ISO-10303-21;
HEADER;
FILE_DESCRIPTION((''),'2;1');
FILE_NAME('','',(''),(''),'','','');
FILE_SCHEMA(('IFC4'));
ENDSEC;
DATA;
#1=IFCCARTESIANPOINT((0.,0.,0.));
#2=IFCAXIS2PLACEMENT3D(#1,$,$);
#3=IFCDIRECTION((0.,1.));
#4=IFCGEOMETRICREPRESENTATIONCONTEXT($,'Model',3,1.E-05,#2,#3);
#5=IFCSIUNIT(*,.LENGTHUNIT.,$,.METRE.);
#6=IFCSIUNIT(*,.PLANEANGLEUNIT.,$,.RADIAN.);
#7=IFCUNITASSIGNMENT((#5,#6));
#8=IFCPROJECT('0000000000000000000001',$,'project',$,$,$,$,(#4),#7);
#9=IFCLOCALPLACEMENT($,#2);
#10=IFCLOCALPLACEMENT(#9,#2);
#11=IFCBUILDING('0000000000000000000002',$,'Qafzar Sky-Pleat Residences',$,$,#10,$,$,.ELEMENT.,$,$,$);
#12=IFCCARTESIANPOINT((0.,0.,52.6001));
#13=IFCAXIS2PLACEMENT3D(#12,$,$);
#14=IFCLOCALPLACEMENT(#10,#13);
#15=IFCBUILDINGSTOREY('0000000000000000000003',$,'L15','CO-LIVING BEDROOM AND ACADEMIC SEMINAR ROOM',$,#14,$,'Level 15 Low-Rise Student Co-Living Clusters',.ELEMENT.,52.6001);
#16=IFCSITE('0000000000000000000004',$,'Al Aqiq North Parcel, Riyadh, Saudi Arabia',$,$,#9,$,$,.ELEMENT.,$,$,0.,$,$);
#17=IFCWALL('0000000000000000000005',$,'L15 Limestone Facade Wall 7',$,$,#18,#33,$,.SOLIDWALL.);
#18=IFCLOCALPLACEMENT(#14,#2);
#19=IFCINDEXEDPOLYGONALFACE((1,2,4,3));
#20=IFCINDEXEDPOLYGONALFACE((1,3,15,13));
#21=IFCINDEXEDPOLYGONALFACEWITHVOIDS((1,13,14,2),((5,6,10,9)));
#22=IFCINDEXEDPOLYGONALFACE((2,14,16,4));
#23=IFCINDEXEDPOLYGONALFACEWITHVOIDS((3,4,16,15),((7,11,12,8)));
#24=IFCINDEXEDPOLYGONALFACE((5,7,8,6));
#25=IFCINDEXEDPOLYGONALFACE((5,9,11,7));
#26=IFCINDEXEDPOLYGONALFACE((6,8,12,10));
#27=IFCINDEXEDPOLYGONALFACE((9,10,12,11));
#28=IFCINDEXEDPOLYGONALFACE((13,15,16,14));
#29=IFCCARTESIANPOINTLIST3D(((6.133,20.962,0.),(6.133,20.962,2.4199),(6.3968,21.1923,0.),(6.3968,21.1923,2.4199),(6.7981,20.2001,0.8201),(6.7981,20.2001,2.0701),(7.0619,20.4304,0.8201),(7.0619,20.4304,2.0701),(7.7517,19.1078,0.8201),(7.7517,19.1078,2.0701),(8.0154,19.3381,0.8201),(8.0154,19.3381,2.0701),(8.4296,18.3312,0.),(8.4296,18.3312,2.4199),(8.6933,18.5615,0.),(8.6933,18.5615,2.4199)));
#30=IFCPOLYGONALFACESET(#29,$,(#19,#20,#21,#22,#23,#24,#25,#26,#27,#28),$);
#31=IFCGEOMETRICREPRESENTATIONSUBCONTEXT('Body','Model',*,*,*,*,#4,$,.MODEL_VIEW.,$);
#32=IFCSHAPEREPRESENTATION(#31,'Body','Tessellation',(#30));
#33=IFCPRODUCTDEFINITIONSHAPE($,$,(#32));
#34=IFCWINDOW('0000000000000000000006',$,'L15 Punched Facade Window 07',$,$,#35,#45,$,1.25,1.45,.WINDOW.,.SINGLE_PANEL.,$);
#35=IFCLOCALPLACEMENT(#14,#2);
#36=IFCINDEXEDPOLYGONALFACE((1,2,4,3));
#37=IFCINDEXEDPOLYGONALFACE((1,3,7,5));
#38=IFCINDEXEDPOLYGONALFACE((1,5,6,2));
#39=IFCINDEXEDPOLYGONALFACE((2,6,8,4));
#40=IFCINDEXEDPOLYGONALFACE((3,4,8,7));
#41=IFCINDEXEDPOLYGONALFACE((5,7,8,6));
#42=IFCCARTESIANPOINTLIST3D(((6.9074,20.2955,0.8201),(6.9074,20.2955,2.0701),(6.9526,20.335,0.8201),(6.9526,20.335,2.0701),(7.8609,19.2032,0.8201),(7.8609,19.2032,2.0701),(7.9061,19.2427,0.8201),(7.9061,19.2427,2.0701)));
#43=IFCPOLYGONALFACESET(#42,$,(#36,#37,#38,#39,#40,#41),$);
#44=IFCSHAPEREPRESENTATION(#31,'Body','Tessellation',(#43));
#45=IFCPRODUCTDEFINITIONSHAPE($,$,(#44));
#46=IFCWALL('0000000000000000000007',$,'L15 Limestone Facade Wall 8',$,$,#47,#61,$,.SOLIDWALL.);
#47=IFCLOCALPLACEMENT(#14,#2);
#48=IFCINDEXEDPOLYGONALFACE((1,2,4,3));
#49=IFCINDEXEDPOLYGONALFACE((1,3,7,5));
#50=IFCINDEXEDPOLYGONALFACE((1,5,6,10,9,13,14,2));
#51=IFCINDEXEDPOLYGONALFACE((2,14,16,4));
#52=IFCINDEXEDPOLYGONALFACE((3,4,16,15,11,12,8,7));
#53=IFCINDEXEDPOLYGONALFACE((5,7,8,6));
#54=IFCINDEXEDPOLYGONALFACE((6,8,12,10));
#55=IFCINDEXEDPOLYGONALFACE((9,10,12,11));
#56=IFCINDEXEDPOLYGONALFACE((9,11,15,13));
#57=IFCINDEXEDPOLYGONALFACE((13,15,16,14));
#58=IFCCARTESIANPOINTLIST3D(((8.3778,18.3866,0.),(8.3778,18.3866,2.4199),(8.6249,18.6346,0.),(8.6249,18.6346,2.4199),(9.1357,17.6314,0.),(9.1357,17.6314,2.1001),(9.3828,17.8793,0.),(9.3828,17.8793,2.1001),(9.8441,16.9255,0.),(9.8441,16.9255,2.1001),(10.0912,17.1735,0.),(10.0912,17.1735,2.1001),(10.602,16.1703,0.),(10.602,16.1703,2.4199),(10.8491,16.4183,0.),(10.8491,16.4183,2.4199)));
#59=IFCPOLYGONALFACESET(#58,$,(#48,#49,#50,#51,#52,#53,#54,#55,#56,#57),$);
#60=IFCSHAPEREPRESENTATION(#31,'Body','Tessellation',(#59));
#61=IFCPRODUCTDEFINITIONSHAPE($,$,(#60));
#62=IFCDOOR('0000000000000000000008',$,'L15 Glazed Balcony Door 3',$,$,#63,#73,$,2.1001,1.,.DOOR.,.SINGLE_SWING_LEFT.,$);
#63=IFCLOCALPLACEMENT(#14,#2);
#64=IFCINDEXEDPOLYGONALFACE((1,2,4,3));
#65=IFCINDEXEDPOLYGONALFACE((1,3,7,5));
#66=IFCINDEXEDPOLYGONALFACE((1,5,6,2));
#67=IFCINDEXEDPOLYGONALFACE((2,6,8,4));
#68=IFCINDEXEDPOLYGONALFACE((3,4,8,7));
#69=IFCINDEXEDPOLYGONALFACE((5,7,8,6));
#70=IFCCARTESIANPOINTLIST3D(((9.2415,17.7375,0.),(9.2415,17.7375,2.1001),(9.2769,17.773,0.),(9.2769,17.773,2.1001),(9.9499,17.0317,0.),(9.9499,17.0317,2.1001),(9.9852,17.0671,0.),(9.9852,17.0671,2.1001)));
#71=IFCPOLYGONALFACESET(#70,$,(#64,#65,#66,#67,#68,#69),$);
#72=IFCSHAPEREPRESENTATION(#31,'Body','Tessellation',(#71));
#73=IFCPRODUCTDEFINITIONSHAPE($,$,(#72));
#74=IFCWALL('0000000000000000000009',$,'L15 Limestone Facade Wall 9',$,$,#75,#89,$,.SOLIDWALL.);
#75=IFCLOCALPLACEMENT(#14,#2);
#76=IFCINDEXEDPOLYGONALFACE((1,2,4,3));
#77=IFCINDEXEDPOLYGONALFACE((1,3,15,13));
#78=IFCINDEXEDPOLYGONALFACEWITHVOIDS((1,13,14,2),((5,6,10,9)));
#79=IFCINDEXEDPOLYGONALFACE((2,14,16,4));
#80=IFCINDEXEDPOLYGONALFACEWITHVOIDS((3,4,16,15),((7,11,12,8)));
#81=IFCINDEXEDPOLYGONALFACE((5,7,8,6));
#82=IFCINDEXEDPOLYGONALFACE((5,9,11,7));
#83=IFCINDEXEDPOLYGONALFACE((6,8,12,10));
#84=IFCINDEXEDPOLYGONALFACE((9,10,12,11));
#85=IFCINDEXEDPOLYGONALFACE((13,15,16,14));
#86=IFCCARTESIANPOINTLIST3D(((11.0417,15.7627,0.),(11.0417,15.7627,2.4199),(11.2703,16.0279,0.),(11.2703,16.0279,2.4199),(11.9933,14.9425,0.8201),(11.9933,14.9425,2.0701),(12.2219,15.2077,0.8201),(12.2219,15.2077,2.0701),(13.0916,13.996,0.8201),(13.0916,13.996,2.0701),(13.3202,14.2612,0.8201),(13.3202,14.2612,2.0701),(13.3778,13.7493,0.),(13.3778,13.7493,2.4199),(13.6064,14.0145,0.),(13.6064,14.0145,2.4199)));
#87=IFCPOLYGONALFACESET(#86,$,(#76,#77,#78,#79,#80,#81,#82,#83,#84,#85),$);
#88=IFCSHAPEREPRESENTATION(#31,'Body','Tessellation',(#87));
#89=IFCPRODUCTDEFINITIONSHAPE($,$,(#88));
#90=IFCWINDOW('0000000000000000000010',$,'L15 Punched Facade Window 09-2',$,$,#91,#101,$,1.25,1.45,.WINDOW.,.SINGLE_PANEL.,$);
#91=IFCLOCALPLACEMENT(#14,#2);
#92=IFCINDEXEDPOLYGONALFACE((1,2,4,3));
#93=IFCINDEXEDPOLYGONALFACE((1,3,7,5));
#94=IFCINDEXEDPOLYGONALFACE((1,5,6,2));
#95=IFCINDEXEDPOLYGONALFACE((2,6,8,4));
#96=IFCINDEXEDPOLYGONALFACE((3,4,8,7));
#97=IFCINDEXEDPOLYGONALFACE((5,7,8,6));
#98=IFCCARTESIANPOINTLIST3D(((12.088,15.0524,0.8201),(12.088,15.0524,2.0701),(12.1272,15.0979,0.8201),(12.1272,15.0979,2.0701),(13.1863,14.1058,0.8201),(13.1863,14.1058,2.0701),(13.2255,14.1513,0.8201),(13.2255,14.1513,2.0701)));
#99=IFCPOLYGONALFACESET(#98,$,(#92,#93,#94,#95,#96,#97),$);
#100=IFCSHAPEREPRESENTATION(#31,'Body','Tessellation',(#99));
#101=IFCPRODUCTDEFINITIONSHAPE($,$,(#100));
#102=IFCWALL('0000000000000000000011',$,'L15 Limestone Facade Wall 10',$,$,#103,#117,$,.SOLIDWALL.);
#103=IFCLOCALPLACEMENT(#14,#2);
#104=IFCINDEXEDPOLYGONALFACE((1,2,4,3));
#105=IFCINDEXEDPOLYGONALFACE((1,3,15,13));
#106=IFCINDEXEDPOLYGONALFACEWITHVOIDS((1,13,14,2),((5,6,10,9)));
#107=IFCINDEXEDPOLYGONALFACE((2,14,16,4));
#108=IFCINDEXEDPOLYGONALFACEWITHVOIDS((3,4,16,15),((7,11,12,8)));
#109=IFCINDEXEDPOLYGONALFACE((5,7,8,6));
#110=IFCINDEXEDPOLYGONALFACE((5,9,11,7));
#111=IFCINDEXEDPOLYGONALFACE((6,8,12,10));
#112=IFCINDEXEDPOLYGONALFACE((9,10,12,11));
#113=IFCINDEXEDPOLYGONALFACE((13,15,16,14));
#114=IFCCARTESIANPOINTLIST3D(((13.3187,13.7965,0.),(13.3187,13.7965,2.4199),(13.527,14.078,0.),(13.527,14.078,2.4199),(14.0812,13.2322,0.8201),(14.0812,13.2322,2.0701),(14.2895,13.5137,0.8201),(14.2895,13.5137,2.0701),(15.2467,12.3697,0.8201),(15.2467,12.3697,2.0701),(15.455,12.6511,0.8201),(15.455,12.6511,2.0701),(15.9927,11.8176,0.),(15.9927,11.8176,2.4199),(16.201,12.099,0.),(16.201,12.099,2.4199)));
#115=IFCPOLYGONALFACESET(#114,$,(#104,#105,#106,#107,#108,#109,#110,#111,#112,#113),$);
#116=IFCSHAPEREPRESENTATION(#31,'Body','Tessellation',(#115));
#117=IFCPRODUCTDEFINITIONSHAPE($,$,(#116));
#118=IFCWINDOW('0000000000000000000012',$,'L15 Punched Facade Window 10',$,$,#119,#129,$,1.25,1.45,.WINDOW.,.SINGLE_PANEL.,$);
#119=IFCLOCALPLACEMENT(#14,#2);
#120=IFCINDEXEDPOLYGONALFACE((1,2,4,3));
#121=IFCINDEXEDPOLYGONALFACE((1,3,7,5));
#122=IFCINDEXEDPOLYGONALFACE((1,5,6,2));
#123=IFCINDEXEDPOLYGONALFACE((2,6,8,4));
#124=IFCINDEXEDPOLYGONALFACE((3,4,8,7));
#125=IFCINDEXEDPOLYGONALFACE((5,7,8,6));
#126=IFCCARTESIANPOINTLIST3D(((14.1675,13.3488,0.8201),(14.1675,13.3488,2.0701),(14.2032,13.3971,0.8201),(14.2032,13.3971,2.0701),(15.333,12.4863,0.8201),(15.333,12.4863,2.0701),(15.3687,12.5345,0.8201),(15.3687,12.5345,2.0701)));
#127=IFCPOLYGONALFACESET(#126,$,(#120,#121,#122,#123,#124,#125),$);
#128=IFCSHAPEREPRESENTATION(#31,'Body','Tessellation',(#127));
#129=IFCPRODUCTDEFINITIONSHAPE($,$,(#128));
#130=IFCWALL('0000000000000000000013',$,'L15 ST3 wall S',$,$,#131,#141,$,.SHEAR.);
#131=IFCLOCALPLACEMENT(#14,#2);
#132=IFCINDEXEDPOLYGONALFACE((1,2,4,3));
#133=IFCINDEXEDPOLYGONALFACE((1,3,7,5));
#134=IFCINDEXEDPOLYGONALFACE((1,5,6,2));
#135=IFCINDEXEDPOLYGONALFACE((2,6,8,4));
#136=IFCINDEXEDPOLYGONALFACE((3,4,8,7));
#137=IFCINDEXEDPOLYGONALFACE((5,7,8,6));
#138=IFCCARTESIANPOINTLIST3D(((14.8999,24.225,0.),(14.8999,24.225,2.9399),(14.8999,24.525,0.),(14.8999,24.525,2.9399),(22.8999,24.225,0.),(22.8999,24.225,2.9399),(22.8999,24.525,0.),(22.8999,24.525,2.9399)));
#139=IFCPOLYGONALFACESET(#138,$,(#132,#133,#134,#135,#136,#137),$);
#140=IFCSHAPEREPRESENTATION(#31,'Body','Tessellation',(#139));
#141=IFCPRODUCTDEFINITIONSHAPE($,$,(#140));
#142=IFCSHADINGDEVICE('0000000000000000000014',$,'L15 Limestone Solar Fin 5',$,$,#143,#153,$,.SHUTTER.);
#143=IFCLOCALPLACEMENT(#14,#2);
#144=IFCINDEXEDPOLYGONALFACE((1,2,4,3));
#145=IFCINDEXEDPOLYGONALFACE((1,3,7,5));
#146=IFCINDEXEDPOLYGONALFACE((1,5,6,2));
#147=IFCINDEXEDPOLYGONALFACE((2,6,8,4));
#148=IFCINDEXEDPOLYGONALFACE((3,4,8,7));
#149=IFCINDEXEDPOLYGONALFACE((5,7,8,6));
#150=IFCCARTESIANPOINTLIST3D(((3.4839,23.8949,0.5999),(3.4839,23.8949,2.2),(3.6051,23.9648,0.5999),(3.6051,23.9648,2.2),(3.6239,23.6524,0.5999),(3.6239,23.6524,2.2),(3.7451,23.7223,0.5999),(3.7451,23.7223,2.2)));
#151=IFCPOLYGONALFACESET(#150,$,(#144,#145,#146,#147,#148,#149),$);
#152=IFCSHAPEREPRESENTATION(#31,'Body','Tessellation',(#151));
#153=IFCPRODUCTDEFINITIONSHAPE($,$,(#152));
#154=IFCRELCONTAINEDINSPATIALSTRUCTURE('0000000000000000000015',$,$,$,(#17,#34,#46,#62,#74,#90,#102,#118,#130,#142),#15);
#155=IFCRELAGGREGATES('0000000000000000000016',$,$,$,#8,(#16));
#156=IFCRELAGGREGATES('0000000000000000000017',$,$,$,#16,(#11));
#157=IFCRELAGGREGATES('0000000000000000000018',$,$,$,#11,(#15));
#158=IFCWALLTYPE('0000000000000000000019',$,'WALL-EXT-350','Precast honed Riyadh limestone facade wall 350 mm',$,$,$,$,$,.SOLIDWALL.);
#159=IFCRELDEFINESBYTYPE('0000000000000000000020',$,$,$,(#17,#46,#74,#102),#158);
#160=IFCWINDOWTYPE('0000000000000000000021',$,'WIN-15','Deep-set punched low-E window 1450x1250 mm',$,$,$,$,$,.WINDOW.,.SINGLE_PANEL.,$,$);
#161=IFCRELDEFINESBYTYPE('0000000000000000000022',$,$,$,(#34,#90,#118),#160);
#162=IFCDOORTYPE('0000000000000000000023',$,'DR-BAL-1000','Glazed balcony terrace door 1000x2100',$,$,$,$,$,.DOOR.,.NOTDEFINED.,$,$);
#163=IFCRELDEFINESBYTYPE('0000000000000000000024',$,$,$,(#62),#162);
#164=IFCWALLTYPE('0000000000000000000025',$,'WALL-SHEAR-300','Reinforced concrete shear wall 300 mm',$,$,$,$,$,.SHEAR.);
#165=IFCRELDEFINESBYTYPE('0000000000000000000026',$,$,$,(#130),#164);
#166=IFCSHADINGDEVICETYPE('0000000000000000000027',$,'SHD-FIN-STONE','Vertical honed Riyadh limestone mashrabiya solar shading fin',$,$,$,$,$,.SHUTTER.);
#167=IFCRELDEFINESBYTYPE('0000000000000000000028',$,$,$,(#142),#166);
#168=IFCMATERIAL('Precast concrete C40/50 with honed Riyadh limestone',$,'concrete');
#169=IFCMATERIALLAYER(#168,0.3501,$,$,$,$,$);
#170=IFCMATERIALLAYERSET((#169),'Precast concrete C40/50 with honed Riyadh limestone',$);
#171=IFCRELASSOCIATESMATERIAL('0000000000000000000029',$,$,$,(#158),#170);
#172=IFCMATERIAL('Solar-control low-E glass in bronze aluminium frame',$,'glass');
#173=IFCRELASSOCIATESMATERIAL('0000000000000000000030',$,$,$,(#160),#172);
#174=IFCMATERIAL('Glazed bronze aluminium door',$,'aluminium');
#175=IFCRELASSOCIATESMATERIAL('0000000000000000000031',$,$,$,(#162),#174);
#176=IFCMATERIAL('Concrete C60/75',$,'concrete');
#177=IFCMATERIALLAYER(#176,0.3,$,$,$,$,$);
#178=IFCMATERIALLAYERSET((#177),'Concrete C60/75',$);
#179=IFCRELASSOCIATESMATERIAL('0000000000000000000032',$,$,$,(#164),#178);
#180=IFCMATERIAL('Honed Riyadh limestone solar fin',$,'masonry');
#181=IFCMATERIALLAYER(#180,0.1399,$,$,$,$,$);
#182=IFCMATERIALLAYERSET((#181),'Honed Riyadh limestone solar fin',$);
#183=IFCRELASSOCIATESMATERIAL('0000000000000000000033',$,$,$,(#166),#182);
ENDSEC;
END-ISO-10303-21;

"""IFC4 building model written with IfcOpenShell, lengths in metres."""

from ifc_helpers import new_model, si_unit, direction, frame, frame_2d, origin, origin_2d, place, context, subcontext, project, spatial, rectangle, extrude, source, transform, mapped, material, layer, layer_set, type_object, element, fill, save


model = new_model("IFC4")

# Units and contexts
model_context = context("Model", 3, precision=1e-05, world=origin(), true_north=direction((0.0, 1.0)))
body_context = subcontext(model_context, "Body", "Model", "MODEL_VIEW")
ifc_project = project(units=[si_unit("LENGTHUNIT", "METRE"), si_unit("PLANEANGLEUNIT", "RADIAN")], contexts=[model_context])

# Site, building, storey
site_placement = place(None, origin())
site = spatial("IfcSite", under=ifc_project, at=site_placement, Name="Al Aqiq North Parcel, Riyadh, Saudi Arabia", CompositionType="ELEMENT", RefElevation=0.0)
building_placement = place(site_placement, origin())
building = spatial("IfcBuilding", under=site, at=building_placement, Name="Qafzar Sky-Pleat Residences", CompositionType="ELEMENT")
storey_placement = place(building_placement, frame((0.0, 0.0, 52.6001)))
storey = spatial("IfcBuildingStorey", under=building, at=storey_placement, Name="L15", Description="CO-LIVING BEDROOM AND ACADEMIC SEMINAR ROOM", LongName="Level 15 Low-Rise Student Co-Living Clusters", CompositionType="ELEMENT", Elevation=52.6001)

# Shared definitions
ifc_material_1 = material(Name="Concrete C60/75", Category="concrete")

# Wall, opening, window
ifc_material_2 = material(Name="Precast concrete C40/50 with honed Riyadh limestone", Category="concrete")
ifc_layer_1 = layer(ifc_material_2, 0.3501)
ifc_layer_set_1 = layer_set([ifc_layer_1], Name="Precast concrete C40/50 with honed Riyadh limestone")
wall_type_1 = type_object("IfcWallType", Name="WALL-EXT-350", Description="Precast honed Riyadh limestone facade wall 350 mm", PredefinedType="SOLIDWALL", material=ifc_layer_set_1)
ifc_material_3 = material(Name="Solar-control low-E glass in bronze aluminium frame", Category="glass")
window_type = type_object("IfcWindowType", Name="WIN-15", Description="Deep-set punched low-E window 1450x1250 mm", PartitioningType="SINGLE_PANEL", PredefinedType="WINDOW", material=ifc_material_3)
shared_shape_1 = source(origin(), body_context, "Body", "SweptSolid", [
    extrude(rectangle(XDim=1.45, YDim=1.25, at=frame_2d((0.7251, 0.625))), frame((0.0, 0.03, 0.0), z_axis=(0.0, -1.0, 0.0), x_axis=(1.0, 0.0, 0.0)), (0.0, 0.0, 1.0), 0.0601),
])
wall_1_placement = place(storey_placement, frame((6.2649, 21.0771, 0.0), z_axis=(0.0, 0.0, 1.0), x_axis=(0.657633, -0.753338, 0.0)))
wall_1 = element("IfcWall", 1, at=wall_1_placement, inside=storey, type_object=wall_type_1, Name="L15 Limestone Facade Wall 7", PredefinedType="SOLIDWALL", context=body_context, shape_type="SweptSolid", body=[
    extrude(rectangle(XDim=3.4922, YDim=0.3501, at=frame_2d((1.7461, 0.0))), origin(), (0.0, 0.0, 1.0), 2.4199),
])
opening_1_placement = place(wall_1_placement, frame((1.0112, 0.0, 0.8201)))
opening_1 = element("IfcOpeningElement", 2, at=opening_1_placement, cuts=wall_1, PredefinedType="OPENING", context=body_context, shape_type="SweptSolid", body=[
    extrude(rectangle(XDim=1.45, YDim=1.25, at=frame_2d((0.7251, 0.625))), frame((0.0, 0.1851, 0.0), z_axis=(0.0, -1.0, 0.0), x_axis=(1.0, 0.0, 0.0)), (0.0, 0.0, 1.0), 0.3701),
])
window_1_placement = place(opening_1_placement, origin())
window_1 = element("IfcWindow", 3, at=window_1_placement, inside=storey, type_object=window_type, Name="L15 Punched Facade Window 07", OverallHeight=1.25, OverallWidth=1.45, PartitioningType="SINGLE_PANEL", PredefinedType="WINDOW", context=body_context, shape_type="MappedRepresentation", body=[
    mapped(shared_shape_1, transform((0.0, 0.0, 0.0), x_axis=(1.0, 0.0, 0.0), y_axis=(0.0, 1.0, 0.0), z_axis=(0.0, 0.0, 1.0), scale=1.0)),
])
fill(opening_1, window_1)

# Wall, opening, door
wall_2_placement = place(storey_placement, frame((8.5015, 18.5105, 0.0), z_axis=(0.0, 0.0, 1.0), x_axis=(0.70835, -0.705862, 0.0)))
wall_2 = element("IfcWall", 4, at=wall_2_placement, inside=storey, type_object=wall_type_1, Name="L15 Limestone Facade Wall 8", PredefinedType="SOLIDWALL", context=body_context, shape_type="SweptSolid", body=[
    extrude(rectangle(XDim=3.1399, YDim=0.3501, at=frame_2d((1.5698, 0.0))), origin(), (0.0, 0.0, 1.0), 2.4199),
])
opening_2_placement = place(wall_2_placement, frame((1.0698, 0.0, 0.0)))
opening_2 = element("IfcOpeningElement", 5, at=opening_2_placement, cuts=wall_2, PredefinedType="OPENING", context=body_context, shape_type="SweptSolid", body=[
    extrude(rectangle(XDim=1.0, YDim=2.1001, at=frame_2d((0.5, 1.05))), frame((0.0, 0.1851, 0.0), z_axis=(0.0, -1.0, 0.0), x_axis=(1.0, 0.0, 0.0)), (0.0, 0.0, 1.0), 0.3701),
])
ifc_material_4 = material(Name="Glazed bronze aluminium door", Category="aluminium")
door_type = type_object("IfcDoorType", Name="DR-BAL-1000", Description="Glazed balcony terrace door 1000x2100", OperationType="NOTDEFINED", PredefinedType="DOOR", material=ifc_material_4)
shared_shape_2 = source(origin(), body_context, "Body", "SweptSolid", [
    extrude(rectangle(XDim=1.0, YDim=2.1001, at=frame_2d((0.5, 1.05))), frame((0.0, 0.0249, 0.0), z_axis=(0.0, -1.0, 0.0), x_axis=(1.0, 0.0, 0.0)), (0.0, 0.0, 1.0), 0.05),
])
door_placement = place(opening_2_placement, origin())
door = element("IfcDoor", 6, at=door_placement, inside=storey, type_object=door_type, Name="L15 Glazed Balcony Door 3", OperationType="SINGLE_SWING_LEFT", OverallHeight=2.1001, OverallWidth=1.0, PredefinedType="DOOR", context=body_context, shape_type="MappedRepresentation", body=[
    mapped(shared_shape_2, transform((0.0, 0.0, 0.0), x_axis=(1.0, 0.0, 0.0), y_axis=(0.0, 1.0, 0.0), z_axis=(0.0, 0.0, 1.0), scale=1.0)),
])
fill(opening_2, door)

# Walls, openings, windows
wall_3_placement = place(storey_placement, frame((11.156, 15.8953, 0.0), z_axis=(0.0, 0.0, 1.0), x_axis=(0.757494, -0.652843, 0.0)))
wall_3 = element("IfcWall", 7, at=wall_3_placement, inside=storey, type_object=wall_type_1, Name="L15 Limestone Facade Wall 9", PredefinedType="SOLIDWALL", context=body_context, shape_type="SweptSolid", body=[
    extrude(rectangle(XDim=3.084, YDim=0.3501, at=frame_2d((1.542, 0.0))), origin(), (0.0, 0.0, 1.0), 2.4199),
])
opening_3_placement = place(wall_3_placement, frame((1.2561, 0.0, 0.8201)))
opening_3 = element("IfcOpeningElement", 8, at=opening_3_placement, cuts=wall_3, PredefinedType="OPENING", context=body_context, shape_type="SweptSolid", body=[
    extrude(rectangle(XDim=1.45, YDim=1.25, at=frame_2d((0.7251, 0.625))), frame((0.0, 0.1851, 0.0), z_axis=(0.0, -1.0, 0.0), x_axis=(1.0, 0.0, 0.0)), (0.0, 0.0, 1.0), 0.3701),
])
window_2_placement = place(opening_3_placement, origin())
window_2 = element("IfcWindow", 9, at=window_2_placement, inside=storey, type_object=window_type, Name="L15 Punched Facade Window 09-2", OverallHeight=1.25, OverallWidth=1.45, PartitioningType="SINGLE_PANEL", PredefinedType="WINDOW", context=body_context, shape_type="MappedRepresentation", body=[
    mapped(shared_shape_1, transform((0.0, 0.0, 0.0), x_axis=(1.0, 0.0, 0.0), y_axis=(0.0, 1.0, 0.0), z_axis=(0.0, 0.0, 1.0), scale=1.0)),
])
fill(opening_3, window_2)
wall_4_placement = place(storey_placement, frame((13.4229, 13.9373, 0.0), z_axis=(0.0, 0.0, 1.0), x_axis=(0.803815, -0.59488, 0.0)))
wall_4 = element("IfcWall", 10, at=wall_4_placement, inside=storey, type_object=wall_type_1, Name="L15 Limestone Facade Wall 10", PredefinedType="SOLIDWALL", context=body_context, shape_type="SweptSolid", body=[
    extrude(rectangle(XDim=3.3267, YDim=0.3501, at=frame_2d((1.6633, 0.0))), origin(), (0.0, 0.0, 1.0), 2.4199),
])
opening_4_placement = place(wall_4_placement, frame((0.9485, 0.0, 0.8201)))
opening_4 = element("IfcOpeningElement", 11, at=opening_4_placement, cuts=wall_4, PredefinedType="OPENING", context=body_context, shape_type="SweptSolid", body=[
    extrude(rectangle(XDim=1.45, YDim=1.25, at=frame_2d((0.7251, 0.625))), frame((0.0, 0.1851, 0.0), z_axis=(0.0, -1.0, 0.0), x_axis=(1.0, 0.0, 0.0)), (0.0, 0.0, 1.0), 0.3701),
])
window_3_placement = place(opening_4_placement, origin())
window_3 = element("IfcWindow", 12, at=window_3_placement, inside=storey, type_object=window_type, Name="L15 Punched Facade Window 10", OverallHeight=1.25, OverallWidth=1.45, PartitioningType="SINGLE_PANEL", PredefinedType="WINDOW", context=body_context, shape_type="MappedRepresentation", body=[
    mapped(shared_shape_1, transform((0.0, 0.0, 0.0), x_axis=(1.0, 0.0, 0.0), y_axis=(0.0, 1.0, 0.0), z_axis=(0.0, 0.0, 1.0), scale=1.0)),
])
fill(opening_4, window_3)

# Wall
ifc_layer_2 = layer(ifc_material_1, 0.3)
ifc_layer_set_2 = layer_set([ifc_layer_2], Name="Concrete C60/75")
wall_type_2 = type_object("IfcWallType", Name="WALL-SHEAR-300", Description="Reinforced concrete shear wall 300 mm", PredefinedType="SHEAR", material=ifc_layer_set_2)
wall_5_placement = place(storey_placement, frame((14.8999, 24.375, 0.0), z_axis=(0.0, 0.0, 1.0), x_axis=(1.0, 0.0, 0.0)))
element("IfcWall", 13, at=wall_5_placement, inside=storey, type_object=wall_type_2, Name="L15 ST3 wall S", PredefinedType="SHEAR", context=body_context, shape_type="SweptSolid", body=[
    extrude(rectangle(XDim=8.0, YDim=0.3, at=frame_2d((4.0, 0.0))), origin(), (0.0, 0.0, 1.0), 2.9399),
])

# Shading device
ifc_material_5 = material(Name="Honed Riyadh limestone solar fin", Category="masonry")
ifc_layer_3 = layer(ifc_material_5, 0.1399)
ifc_layer_set_3 = layer_set([ifc_layer_3], Name="Honed Riyadh limestone solar fin")
shading_device_type = type_object("IfcShadingDeviceType", Name="SHD-FIN-STONE", Description="Vertical honed Riyadh limestone mashrabiya solar shading fin", PredefinedType="SHUTTER", material=ifc_layer_set_3)
shared_shape_3 = source(origin(), body_context, "Body", "SweptSolid", [
    extrude(rectangle(XDim=0.1399, YDim=0.28, at=origin_2d()), origin(), (0.0, 0.0, 1.0), 1.6001),
])
shading_device_placement = place(storey_placement, frame((3.6145, 23.8086, 0.5999), z_axis=(0.0, 0.0, 1.0), x_axis=(-0.866044, -0.499967, 0.0)))
element("IfcShadingDevice", 14, at=shading_device_placement, inside=storey, type_object=shading_device_type, Name="L15 Limestone Solar Fin 5", PredefinedType="SHUTTER", context=body_context, shape_type="MappedRepresentation", body=[
    mapped(shared_shape_3, transform((0.0, 0.0, 0.0), x_axis=(1.0, 0.0, 0.0), y_axis=(0.0, 1.0, 0.0), z_axis=(0.0, 0.0, 1.0), scale=1.0)),
])

save(model, "model.ifc")
